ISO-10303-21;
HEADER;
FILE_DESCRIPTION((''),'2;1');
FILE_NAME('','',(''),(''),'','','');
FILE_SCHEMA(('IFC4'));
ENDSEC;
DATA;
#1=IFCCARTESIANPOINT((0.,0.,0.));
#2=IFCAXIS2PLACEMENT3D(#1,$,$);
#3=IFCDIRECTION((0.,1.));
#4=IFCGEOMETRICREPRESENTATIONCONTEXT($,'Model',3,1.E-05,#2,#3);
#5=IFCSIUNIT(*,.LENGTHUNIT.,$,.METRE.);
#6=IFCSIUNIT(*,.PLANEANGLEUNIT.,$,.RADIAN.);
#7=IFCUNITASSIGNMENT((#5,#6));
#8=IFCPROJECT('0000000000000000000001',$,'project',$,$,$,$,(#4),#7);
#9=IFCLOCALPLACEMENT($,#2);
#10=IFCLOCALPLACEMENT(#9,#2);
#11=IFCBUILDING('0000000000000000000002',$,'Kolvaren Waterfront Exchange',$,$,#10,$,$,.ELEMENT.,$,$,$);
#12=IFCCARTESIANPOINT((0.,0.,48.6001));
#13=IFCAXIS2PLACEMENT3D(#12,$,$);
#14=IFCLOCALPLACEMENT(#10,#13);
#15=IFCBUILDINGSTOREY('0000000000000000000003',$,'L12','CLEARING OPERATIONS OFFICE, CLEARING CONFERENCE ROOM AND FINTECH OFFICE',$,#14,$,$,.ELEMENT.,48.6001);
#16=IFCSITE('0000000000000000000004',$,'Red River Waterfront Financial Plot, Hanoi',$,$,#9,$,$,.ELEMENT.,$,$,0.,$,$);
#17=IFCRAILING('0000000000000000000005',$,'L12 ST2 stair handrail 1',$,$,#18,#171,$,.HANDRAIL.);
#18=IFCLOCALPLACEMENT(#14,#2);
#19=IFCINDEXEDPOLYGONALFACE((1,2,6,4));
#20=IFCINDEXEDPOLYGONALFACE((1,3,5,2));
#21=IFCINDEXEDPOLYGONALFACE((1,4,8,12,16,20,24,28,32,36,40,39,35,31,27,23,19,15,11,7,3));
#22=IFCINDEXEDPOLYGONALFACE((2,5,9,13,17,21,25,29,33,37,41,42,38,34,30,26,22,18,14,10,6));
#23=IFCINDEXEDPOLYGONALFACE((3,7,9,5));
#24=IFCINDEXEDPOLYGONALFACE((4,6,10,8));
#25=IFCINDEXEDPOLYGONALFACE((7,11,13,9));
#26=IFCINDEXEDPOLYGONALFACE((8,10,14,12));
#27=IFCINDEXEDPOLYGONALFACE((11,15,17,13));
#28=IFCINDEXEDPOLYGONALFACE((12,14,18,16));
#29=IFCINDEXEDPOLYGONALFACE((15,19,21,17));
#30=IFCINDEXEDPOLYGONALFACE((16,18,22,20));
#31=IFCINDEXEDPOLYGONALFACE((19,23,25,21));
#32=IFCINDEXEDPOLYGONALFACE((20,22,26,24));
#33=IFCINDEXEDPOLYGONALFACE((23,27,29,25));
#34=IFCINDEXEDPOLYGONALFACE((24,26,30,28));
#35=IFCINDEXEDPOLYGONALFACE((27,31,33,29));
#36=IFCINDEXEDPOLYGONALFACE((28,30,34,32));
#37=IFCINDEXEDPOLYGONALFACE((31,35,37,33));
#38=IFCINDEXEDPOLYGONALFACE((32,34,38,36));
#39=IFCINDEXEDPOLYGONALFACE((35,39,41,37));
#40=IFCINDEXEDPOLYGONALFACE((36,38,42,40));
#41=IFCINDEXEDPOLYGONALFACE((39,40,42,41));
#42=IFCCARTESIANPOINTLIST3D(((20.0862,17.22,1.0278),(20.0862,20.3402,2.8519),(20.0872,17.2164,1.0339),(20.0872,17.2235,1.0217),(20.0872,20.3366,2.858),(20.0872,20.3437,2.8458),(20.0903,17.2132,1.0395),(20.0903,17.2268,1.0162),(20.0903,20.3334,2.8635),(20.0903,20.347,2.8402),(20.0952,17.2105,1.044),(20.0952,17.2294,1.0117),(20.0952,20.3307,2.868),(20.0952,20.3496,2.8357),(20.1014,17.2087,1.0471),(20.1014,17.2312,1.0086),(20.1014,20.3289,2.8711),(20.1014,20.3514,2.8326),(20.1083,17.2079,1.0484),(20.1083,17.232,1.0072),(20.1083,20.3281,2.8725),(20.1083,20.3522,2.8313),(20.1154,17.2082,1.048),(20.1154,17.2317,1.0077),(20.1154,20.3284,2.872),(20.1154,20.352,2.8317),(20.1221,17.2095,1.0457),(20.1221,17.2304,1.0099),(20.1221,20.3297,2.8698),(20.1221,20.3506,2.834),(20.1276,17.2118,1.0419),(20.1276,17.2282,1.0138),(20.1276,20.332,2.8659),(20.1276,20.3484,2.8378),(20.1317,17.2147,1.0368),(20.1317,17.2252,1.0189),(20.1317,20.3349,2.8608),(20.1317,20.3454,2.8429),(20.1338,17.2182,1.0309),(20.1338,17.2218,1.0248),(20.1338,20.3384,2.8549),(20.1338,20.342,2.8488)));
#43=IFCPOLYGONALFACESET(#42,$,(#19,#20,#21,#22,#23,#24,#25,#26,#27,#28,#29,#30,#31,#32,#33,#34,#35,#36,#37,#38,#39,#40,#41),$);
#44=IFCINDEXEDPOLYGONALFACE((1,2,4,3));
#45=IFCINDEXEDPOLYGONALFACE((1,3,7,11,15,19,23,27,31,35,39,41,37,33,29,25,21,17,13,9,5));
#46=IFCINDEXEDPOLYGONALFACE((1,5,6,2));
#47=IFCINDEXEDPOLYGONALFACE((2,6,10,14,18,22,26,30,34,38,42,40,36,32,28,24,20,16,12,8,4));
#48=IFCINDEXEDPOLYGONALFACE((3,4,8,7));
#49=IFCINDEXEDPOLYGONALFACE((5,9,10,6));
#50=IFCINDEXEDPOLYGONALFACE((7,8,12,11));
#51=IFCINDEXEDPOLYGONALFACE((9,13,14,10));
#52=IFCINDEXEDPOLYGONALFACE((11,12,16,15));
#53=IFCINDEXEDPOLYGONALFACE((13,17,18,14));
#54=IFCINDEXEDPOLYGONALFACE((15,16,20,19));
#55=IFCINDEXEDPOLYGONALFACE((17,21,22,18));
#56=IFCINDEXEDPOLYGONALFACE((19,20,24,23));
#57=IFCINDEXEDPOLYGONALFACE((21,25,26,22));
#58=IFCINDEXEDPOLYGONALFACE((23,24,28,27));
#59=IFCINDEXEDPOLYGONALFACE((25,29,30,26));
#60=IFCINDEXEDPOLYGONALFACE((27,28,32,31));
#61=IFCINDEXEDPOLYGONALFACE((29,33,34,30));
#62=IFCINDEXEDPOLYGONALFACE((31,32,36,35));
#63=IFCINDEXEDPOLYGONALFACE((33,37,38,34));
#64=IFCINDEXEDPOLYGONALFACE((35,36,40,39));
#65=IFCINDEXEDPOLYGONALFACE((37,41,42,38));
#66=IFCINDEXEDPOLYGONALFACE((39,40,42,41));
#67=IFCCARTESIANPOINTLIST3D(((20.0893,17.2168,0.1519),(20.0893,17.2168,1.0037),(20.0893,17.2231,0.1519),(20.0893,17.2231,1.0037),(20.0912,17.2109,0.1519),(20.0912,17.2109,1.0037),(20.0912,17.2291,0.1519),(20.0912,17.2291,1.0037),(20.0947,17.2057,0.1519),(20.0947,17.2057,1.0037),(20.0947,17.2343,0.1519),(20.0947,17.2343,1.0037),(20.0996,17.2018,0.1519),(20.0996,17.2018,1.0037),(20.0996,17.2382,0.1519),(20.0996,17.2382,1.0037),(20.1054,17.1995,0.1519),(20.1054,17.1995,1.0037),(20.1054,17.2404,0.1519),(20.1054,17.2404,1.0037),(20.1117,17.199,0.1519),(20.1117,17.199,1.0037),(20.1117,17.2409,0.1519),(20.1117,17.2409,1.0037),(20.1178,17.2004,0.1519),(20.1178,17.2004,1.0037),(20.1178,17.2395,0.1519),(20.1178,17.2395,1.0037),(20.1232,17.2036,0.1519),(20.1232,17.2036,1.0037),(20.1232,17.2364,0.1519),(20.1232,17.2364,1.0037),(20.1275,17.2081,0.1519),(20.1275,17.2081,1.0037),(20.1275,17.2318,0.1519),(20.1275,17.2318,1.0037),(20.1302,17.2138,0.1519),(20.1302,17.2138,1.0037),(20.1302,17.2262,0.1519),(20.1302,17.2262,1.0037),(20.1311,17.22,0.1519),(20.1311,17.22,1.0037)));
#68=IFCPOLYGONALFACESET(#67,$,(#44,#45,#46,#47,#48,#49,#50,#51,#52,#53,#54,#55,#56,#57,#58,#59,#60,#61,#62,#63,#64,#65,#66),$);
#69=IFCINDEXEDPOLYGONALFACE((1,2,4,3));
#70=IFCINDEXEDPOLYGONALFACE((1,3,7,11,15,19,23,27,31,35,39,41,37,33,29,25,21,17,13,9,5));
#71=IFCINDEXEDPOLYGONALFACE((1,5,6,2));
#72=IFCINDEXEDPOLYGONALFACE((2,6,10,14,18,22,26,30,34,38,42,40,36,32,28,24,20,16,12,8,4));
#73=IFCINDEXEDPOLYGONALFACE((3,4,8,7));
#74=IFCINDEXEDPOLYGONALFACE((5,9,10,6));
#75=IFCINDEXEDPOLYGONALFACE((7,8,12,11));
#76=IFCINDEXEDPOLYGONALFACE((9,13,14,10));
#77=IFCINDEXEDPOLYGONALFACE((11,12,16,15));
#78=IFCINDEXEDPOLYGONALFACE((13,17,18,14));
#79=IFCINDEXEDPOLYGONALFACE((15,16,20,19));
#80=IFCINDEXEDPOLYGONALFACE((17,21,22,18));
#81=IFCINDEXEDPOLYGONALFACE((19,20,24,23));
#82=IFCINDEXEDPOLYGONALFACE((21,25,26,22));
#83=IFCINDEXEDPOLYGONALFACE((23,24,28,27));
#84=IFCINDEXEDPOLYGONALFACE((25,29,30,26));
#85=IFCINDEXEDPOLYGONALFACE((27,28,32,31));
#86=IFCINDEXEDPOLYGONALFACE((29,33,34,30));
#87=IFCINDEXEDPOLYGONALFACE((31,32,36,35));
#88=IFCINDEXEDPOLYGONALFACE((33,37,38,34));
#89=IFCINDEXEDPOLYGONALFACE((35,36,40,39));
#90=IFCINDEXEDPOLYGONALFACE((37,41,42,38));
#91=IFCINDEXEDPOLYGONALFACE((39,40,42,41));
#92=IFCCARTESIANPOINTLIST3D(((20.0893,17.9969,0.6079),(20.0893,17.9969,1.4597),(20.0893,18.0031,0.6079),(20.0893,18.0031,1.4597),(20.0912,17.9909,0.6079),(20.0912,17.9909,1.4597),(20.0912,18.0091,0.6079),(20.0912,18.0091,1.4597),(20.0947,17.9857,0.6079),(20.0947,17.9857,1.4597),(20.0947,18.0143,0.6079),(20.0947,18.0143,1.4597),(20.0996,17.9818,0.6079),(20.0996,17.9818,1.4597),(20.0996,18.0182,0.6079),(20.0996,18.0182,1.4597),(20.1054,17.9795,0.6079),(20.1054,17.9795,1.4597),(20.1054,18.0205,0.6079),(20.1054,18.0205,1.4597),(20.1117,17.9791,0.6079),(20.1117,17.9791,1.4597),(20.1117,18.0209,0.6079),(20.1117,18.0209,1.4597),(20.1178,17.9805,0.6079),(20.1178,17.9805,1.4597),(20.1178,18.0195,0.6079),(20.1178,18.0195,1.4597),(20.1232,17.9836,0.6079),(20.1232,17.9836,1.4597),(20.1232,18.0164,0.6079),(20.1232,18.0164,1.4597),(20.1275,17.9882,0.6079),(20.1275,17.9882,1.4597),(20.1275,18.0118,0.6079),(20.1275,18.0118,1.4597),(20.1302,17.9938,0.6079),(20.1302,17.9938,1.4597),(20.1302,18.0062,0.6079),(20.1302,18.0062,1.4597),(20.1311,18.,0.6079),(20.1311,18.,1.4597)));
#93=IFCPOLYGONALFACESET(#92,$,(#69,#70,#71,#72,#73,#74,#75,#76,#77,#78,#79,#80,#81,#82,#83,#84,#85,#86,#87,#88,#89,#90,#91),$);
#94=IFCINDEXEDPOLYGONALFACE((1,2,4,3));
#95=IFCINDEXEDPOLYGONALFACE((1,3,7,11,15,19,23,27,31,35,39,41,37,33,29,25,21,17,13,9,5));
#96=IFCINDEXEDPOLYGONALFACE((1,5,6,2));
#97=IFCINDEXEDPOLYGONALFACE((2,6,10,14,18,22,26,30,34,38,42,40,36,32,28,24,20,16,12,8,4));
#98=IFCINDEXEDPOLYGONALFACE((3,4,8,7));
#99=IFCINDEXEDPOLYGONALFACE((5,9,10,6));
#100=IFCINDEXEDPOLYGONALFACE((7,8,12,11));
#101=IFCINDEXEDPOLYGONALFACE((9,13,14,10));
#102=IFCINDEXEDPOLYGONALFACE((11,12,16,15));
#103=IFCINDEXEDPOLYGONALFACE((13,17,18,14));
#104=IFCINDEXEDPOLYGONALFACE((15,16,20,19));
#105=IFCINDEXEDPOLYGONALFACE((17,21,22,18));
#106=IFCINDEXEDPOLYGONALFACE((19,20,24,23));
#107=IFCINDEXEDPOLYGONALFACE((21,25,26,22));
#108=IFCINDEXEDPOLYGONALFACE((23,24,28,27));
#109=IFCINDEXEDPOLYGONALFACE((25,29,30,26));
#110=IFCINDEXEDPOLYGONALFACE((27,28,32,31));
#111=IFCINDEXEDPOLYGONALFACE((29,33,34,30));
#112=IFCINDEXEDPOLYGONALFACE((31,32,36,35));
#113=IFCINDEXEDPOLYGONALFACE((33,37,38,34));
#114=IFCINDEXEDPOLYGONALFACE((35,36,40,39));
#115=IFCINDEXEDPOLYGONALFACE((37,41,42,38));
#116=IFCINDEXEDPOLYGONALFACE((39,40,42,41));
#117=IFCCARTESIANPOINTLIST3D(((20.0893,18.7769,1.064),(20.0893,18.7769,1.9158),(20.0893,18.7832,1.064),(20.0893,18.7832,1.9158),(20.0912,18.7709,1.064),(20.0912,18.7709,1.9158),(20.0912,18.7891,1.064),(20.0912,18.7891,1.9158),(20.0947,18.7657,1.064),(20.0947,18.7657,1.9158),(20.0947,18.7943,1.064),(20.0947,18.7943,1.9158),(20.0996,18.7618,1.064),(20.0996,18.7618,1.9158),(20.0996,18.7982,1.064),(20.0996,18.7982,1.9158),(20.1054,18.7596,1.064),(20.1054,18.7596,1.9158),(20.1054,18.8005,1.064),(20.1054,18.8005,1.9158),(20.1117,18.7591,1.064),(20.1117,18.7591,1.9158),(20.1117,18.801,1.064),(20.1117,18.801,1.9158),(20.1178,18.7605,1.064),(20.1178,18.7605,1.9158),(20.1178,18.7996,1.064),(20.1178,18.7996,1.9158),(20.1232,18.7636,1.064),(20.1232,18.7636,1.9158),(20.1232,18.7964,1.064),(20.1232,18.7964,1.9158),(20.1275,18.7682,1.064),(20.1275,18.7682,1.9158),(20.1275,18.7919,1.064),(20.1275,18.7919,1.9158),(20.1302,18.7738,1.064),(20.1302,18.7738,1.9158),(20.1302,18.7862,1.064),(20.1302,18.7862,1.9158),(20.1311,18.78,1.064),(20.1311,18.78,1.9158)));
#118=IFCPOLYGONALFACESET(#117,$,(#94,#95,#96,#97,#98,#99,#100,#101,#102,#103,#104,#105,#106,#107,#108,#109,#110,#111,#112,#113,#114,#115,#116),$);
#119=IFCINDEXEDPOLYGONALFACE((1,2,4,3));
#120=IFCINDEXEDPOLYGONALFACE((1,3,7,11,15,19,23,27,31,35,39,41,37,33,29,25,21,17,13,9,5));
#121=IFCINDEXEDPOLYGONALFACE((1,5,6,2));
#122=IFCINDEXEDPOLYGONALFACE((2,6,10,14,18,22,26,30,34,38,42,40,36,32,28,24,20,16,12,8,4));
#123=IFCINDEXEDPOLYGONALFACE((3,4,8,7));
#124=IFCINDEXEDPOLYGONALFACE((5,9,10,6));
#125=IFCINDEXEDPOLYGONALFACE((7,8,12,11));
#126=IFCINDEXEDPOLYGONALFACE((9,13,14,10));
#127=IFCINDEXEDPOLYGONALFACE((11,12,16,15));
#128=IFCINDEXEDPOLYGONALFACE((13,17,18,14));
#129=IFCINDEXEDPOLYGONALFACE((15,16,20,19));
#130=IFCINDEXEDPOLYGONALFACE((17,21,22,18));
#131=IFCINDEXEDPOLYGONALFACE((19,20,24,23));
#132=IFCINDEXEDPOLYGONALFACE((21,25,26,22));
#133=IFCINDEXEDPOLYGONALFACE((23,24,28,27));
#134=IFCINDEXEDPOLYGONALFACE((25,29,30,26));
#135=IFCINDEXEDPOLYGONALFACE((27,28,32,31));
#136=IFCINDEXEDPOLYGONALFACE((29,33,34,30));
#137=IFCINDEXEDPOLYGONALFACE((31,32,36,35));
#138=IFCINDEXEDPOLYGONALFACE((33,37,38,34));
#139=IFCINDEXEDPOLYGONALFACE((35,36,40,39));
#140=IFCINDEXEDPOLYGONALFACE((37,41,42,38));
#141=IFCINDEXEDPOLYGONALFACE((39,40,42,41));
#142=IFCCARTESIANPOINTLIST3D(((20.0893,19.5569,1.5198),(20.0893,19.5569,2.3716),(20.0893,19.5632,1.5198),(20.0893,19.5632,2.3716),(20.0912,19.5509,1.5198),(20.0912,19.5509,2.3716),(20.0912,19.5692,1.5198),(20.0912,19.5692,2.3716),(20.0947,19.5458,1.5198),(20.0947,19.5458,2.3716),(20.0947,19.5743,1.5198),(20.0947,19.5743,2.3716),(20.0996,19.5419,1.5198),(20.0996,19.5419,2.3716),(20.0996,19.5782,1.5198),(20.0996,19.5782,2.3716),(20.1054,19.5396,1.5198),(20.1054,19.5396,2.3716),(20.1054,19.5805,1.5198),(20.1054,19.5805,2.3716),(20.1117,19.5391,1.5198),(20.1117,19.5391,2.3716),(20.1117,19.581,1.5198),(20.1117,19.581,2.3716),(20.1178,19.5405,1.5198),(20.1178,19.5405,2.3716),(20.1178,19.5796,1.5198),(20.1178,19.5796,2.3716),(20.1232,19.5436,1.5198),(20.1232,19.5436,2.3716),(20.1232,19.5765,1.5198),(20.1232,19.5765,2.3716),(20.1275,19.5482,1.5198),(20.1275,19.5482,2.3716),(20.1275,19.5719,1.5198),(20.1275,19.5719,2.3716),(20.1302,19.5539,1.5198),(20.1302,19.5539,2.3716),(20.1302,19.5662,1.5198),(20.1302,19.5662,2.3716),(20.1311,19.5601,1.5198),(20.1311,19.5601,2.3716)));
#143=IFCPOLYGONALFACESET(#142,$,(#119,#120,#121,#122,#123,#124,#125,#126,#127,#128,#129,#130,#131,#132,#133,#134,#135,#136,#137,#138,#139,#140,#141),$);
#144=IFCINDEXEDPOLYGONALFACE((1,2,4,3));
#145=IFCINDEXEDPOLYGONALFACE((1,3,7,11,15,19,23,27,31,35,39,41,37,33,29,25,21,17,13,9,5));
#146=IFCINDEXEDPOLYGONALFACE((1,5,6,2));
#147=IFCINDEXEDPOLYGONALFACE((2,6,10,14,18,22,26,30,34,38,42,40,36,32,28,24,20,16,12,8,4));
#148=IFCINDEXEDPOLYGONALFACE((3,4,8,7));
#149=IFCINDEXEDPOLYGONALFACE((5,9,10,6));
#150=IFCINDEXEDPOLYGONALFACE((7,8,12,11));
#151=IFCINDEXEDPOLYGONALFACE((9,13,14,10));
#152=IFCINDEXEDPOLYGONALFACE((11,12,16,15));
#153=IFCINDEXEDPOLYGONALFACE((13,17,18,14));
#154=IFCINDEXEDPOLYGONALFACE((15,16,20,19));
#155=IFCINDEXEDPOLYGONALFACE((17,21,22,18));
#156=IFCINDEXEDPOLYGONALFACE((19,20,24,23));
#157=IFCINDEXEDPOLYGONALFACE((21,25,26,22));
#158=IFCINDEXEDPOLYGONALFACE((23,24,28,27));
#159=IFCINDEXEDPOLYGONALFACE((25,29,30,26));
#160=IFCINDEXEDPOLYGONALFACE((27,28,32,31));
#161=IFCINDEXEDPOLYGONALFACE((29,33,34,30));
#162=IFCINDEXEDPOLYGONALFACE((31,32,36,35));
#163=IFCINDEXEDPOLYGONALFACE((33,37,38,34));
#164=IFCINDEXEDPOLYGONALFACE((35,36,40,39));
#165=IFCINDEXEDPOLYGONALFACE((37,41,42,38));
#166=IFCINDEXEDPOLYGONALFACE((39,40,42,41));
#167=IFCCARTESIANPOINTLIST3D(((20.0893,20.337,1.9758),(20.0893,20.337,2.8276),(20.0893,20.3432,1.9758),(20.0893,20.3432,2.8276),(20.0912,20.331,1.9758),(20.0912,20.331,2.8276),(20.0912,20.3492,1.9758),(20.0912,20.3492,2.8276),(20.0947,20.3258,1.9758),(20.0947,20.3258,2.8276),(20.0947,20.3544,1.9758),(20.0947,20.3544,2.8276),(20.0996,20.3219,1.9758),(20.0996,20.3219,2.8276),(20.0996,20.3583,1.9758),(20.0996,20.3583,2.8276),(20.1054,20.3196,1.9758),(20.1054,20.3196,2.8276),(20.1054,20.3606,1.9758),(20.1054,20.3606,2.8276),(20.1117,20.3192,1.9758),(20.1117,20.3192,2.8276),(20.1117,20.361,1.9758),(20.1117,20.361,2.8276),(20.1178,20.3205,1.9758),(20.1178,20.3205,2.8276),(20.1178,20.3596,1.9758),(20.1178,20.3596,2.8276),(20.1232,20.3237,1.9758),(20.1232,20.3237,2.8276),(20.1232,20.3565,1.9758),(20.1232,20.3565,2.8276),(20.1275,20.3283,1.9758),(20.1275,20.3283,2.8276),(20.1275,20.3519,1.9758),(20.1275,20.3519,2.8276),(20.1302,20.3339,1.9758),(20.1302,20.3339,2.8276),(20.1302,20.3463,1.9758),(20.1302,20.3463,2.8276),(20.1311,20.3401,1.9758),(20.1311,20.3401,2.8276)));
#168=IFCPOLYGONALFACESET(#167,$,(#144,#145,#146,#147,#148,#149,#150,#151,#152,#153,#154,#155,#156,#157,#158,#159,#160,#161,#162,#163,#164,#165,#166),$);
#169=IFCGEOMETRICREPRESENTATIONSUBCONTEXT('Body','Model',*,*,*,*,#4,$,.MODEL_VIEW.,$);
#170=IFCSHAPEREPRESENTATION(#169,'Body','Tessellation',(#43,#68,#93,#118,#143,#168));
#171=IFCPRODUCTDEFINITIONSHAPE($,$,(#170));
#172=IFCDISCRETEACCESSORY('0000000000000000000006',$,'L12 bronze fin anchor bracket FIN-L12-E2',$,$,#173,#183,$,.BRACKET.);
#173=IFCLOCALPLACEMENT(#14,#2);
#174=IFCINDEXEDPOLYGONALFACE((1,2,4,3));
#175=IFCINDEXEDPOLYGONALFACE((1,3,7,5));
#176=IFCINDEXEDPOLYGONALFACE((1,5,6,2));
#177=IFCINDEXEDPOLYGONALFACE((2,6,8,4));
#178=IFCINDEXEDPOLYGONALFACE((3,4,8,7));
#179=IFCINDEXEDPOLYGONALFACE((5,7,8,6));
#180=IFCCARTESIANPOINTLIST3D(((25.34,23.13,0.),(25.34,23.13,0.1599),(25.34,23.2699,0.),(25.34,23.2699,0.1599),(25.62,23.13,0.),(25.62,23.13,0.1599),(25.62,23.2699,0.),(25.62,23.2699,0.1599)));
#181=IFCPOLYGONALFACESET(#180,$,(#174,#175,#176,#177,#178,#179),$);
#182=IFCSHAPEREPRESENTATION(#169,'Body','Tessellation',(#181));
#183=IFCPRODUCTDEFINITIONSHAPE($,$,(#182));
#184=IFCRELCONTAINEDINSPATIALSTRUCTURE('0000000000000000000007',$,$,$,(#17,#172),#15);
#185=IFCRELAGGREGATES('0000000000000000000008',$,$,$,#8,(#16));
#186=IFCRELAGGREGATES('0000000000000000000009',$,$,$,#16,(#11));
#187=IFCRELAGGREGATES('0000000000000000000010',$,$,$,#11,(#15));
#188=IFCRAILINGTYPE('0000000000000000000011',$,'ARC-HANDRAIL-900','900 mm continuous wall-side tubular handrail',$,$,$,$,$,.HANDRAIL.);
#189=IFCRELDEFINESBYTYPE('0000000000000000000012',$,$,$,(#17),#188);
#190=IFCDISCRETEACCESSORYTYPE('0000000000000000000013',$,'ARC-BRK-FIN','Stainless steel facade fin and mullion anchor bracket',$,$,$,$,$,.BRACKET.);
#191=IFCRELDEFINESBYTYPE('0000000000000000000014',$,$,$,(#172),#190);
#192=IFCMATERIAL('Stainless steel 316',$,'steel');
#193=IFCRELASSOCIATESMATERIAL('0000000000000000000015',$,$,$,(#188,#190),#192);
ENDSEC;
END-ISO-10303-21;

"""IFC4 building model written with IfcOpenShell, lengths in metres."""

from ifc_helpers import new_model, si_unit, direction, frame, origin, origin_with_axes, origin_2d, place, context, subcontext, project, spatial, rectangle, circle, extrude, source, transform, mapped, material, type_object, element, save


model = new_model("IFC4")

# Units and contexts
model_context = context("Model", 3, precision=1e-05, world=origin(), true_north=direction((0.0, 1.0)))
body_context = subcontext(model_context, "Body", "Model", "MODEL_VIEW")
ifc_project = project(units=[si_unit("LENGTHUNIT", "METRE"), si_unit("PLANEANGLEUNIT", "RADIAN")], contexts=[model_context])

# Site, building, storey
site_placement = place(None, origin())
site = spatial("IfcSite", under=ifc_project, at=site_placement, Name="Red River Waterfront Financial Plot, Hanoi", CompositionType="ELEMENT", RefElevation=0.0)
building_placement = place(site_placement, origin())
building = spatial("IfcBuilding", under=site, at=building_placement, Name="Kolvaren Waterfront Exchange", CompositionType="ELEMENT")
storey_placement = place(building_placement, frame((0.0, 0.0, 48.6001)))
storey = spatial("IfcBuildingStorey", under=building, at=storey_placement, Name="L12", Description="CLEARING OPERATIONS OFFICE, CLEARING CONFERENCE ROOM AND FINTECH OFFICE", CompositionType="ELEMENT", Elevation=48.6001)

# Railing
ifc_material_1 = material(Name="Stainless steel 316", Category="steel")
railing_type = type_object("IfcRailingType", Name="ARC-HANDRAIL-900", Description="900 mm continuous wall-side tubular handrail", PredefinedType="HANDRAIL", material=ifc_material_1)
railing_placement = place(storey_placement, frame((20.1101, 17.22, 0.1519)))
element("IfcRailing", 1, at=railing_placement, inside=storey, type_object=railing_type, Name="L12 ST2 stair handrail 1", PredefinedType="HANDRAIL", context=body_context, shape_type="SweptSolid", body=[
    extrude(circle(Radius=0.0239, at=origin_2d()), frame((0.0, 0.0, 0.876), z_axis=(0.0, 0.863308, 0.504677), x_axis=(-1.0, 0.0, 0.0)), (0.0, 0.0, 1.0), 3.6143),
    extrude(circle(Radius=0.021, at=origin_2d()), origin(), (0.0, 0.0, 1.0), 0.8518),
    extrude(circle(Radius=0.021, at=origin_2d()), frame((0.0, 0.78, 0.4561)), (0.0, 0.0, 1.0), 0.8518),
    extrude(circle(Radius=0.021, at=origin_2d()), frame((0.0, 1.5601, 0.9121)), (0.0, 0.0, 1.0), 0.8518),
    extrude(circle(Radius=0.021, at=origin_2d()), frame((0.0, 2.3401, 1.3679)), (0.0, 0.0, 1.0), 0.8518),
    extrude(circle(Radius=0.021, at=origin_2d()), frame((0.0, 3.1201, 1.824)), (0.0, 0.0, 1.0), 0.8518),
])

# Discrete accessory
discrete_accessory_type = type_object("IfcDiscreteAccessoryType", Name="ARC-BRK-FIN", Description="Stainless steel facade fin and mullion anchor bracket", PredefinedType="BRACKET", material=ifc_material_1)
shared_shape_1 = source(origin_with_axes(), body_context, "Body", "SweptSolid", [
    extrude(rectangle(XDim=0.28, YDim=0.1399, at=origin_2d()), origin(), (0.0, 0.0, 1.0), 0.1599),
])
discrete_accessory_placement = place(storey_placement, frame((25.48, 23.2, 0.0), z_axis=(0.0, 0.0, 1.0), x_axis=(1.0, 0.0, 0.0)))
element("IfcDiscreteAccessory", 2, at=discrete_accessory_placement, inside=storey, type_object=discrete_accessory_type, Name="L12 bronze fin anchor bracket FIN-L12-E2", PredefinedType="BRACKET", context=body_context, shape_type="MappedRepresentation", body=[
    mapped(shared_shape_1, transform((0.0, 0.0, 0.0), x_axis=(1.0, 0.0, 0.0), y_axis=(0.0, 1.0, 0.0), z_axis=(0.0, 0.0, 1.0), scale=1.0)),
])

save(model, "model.ifc")
